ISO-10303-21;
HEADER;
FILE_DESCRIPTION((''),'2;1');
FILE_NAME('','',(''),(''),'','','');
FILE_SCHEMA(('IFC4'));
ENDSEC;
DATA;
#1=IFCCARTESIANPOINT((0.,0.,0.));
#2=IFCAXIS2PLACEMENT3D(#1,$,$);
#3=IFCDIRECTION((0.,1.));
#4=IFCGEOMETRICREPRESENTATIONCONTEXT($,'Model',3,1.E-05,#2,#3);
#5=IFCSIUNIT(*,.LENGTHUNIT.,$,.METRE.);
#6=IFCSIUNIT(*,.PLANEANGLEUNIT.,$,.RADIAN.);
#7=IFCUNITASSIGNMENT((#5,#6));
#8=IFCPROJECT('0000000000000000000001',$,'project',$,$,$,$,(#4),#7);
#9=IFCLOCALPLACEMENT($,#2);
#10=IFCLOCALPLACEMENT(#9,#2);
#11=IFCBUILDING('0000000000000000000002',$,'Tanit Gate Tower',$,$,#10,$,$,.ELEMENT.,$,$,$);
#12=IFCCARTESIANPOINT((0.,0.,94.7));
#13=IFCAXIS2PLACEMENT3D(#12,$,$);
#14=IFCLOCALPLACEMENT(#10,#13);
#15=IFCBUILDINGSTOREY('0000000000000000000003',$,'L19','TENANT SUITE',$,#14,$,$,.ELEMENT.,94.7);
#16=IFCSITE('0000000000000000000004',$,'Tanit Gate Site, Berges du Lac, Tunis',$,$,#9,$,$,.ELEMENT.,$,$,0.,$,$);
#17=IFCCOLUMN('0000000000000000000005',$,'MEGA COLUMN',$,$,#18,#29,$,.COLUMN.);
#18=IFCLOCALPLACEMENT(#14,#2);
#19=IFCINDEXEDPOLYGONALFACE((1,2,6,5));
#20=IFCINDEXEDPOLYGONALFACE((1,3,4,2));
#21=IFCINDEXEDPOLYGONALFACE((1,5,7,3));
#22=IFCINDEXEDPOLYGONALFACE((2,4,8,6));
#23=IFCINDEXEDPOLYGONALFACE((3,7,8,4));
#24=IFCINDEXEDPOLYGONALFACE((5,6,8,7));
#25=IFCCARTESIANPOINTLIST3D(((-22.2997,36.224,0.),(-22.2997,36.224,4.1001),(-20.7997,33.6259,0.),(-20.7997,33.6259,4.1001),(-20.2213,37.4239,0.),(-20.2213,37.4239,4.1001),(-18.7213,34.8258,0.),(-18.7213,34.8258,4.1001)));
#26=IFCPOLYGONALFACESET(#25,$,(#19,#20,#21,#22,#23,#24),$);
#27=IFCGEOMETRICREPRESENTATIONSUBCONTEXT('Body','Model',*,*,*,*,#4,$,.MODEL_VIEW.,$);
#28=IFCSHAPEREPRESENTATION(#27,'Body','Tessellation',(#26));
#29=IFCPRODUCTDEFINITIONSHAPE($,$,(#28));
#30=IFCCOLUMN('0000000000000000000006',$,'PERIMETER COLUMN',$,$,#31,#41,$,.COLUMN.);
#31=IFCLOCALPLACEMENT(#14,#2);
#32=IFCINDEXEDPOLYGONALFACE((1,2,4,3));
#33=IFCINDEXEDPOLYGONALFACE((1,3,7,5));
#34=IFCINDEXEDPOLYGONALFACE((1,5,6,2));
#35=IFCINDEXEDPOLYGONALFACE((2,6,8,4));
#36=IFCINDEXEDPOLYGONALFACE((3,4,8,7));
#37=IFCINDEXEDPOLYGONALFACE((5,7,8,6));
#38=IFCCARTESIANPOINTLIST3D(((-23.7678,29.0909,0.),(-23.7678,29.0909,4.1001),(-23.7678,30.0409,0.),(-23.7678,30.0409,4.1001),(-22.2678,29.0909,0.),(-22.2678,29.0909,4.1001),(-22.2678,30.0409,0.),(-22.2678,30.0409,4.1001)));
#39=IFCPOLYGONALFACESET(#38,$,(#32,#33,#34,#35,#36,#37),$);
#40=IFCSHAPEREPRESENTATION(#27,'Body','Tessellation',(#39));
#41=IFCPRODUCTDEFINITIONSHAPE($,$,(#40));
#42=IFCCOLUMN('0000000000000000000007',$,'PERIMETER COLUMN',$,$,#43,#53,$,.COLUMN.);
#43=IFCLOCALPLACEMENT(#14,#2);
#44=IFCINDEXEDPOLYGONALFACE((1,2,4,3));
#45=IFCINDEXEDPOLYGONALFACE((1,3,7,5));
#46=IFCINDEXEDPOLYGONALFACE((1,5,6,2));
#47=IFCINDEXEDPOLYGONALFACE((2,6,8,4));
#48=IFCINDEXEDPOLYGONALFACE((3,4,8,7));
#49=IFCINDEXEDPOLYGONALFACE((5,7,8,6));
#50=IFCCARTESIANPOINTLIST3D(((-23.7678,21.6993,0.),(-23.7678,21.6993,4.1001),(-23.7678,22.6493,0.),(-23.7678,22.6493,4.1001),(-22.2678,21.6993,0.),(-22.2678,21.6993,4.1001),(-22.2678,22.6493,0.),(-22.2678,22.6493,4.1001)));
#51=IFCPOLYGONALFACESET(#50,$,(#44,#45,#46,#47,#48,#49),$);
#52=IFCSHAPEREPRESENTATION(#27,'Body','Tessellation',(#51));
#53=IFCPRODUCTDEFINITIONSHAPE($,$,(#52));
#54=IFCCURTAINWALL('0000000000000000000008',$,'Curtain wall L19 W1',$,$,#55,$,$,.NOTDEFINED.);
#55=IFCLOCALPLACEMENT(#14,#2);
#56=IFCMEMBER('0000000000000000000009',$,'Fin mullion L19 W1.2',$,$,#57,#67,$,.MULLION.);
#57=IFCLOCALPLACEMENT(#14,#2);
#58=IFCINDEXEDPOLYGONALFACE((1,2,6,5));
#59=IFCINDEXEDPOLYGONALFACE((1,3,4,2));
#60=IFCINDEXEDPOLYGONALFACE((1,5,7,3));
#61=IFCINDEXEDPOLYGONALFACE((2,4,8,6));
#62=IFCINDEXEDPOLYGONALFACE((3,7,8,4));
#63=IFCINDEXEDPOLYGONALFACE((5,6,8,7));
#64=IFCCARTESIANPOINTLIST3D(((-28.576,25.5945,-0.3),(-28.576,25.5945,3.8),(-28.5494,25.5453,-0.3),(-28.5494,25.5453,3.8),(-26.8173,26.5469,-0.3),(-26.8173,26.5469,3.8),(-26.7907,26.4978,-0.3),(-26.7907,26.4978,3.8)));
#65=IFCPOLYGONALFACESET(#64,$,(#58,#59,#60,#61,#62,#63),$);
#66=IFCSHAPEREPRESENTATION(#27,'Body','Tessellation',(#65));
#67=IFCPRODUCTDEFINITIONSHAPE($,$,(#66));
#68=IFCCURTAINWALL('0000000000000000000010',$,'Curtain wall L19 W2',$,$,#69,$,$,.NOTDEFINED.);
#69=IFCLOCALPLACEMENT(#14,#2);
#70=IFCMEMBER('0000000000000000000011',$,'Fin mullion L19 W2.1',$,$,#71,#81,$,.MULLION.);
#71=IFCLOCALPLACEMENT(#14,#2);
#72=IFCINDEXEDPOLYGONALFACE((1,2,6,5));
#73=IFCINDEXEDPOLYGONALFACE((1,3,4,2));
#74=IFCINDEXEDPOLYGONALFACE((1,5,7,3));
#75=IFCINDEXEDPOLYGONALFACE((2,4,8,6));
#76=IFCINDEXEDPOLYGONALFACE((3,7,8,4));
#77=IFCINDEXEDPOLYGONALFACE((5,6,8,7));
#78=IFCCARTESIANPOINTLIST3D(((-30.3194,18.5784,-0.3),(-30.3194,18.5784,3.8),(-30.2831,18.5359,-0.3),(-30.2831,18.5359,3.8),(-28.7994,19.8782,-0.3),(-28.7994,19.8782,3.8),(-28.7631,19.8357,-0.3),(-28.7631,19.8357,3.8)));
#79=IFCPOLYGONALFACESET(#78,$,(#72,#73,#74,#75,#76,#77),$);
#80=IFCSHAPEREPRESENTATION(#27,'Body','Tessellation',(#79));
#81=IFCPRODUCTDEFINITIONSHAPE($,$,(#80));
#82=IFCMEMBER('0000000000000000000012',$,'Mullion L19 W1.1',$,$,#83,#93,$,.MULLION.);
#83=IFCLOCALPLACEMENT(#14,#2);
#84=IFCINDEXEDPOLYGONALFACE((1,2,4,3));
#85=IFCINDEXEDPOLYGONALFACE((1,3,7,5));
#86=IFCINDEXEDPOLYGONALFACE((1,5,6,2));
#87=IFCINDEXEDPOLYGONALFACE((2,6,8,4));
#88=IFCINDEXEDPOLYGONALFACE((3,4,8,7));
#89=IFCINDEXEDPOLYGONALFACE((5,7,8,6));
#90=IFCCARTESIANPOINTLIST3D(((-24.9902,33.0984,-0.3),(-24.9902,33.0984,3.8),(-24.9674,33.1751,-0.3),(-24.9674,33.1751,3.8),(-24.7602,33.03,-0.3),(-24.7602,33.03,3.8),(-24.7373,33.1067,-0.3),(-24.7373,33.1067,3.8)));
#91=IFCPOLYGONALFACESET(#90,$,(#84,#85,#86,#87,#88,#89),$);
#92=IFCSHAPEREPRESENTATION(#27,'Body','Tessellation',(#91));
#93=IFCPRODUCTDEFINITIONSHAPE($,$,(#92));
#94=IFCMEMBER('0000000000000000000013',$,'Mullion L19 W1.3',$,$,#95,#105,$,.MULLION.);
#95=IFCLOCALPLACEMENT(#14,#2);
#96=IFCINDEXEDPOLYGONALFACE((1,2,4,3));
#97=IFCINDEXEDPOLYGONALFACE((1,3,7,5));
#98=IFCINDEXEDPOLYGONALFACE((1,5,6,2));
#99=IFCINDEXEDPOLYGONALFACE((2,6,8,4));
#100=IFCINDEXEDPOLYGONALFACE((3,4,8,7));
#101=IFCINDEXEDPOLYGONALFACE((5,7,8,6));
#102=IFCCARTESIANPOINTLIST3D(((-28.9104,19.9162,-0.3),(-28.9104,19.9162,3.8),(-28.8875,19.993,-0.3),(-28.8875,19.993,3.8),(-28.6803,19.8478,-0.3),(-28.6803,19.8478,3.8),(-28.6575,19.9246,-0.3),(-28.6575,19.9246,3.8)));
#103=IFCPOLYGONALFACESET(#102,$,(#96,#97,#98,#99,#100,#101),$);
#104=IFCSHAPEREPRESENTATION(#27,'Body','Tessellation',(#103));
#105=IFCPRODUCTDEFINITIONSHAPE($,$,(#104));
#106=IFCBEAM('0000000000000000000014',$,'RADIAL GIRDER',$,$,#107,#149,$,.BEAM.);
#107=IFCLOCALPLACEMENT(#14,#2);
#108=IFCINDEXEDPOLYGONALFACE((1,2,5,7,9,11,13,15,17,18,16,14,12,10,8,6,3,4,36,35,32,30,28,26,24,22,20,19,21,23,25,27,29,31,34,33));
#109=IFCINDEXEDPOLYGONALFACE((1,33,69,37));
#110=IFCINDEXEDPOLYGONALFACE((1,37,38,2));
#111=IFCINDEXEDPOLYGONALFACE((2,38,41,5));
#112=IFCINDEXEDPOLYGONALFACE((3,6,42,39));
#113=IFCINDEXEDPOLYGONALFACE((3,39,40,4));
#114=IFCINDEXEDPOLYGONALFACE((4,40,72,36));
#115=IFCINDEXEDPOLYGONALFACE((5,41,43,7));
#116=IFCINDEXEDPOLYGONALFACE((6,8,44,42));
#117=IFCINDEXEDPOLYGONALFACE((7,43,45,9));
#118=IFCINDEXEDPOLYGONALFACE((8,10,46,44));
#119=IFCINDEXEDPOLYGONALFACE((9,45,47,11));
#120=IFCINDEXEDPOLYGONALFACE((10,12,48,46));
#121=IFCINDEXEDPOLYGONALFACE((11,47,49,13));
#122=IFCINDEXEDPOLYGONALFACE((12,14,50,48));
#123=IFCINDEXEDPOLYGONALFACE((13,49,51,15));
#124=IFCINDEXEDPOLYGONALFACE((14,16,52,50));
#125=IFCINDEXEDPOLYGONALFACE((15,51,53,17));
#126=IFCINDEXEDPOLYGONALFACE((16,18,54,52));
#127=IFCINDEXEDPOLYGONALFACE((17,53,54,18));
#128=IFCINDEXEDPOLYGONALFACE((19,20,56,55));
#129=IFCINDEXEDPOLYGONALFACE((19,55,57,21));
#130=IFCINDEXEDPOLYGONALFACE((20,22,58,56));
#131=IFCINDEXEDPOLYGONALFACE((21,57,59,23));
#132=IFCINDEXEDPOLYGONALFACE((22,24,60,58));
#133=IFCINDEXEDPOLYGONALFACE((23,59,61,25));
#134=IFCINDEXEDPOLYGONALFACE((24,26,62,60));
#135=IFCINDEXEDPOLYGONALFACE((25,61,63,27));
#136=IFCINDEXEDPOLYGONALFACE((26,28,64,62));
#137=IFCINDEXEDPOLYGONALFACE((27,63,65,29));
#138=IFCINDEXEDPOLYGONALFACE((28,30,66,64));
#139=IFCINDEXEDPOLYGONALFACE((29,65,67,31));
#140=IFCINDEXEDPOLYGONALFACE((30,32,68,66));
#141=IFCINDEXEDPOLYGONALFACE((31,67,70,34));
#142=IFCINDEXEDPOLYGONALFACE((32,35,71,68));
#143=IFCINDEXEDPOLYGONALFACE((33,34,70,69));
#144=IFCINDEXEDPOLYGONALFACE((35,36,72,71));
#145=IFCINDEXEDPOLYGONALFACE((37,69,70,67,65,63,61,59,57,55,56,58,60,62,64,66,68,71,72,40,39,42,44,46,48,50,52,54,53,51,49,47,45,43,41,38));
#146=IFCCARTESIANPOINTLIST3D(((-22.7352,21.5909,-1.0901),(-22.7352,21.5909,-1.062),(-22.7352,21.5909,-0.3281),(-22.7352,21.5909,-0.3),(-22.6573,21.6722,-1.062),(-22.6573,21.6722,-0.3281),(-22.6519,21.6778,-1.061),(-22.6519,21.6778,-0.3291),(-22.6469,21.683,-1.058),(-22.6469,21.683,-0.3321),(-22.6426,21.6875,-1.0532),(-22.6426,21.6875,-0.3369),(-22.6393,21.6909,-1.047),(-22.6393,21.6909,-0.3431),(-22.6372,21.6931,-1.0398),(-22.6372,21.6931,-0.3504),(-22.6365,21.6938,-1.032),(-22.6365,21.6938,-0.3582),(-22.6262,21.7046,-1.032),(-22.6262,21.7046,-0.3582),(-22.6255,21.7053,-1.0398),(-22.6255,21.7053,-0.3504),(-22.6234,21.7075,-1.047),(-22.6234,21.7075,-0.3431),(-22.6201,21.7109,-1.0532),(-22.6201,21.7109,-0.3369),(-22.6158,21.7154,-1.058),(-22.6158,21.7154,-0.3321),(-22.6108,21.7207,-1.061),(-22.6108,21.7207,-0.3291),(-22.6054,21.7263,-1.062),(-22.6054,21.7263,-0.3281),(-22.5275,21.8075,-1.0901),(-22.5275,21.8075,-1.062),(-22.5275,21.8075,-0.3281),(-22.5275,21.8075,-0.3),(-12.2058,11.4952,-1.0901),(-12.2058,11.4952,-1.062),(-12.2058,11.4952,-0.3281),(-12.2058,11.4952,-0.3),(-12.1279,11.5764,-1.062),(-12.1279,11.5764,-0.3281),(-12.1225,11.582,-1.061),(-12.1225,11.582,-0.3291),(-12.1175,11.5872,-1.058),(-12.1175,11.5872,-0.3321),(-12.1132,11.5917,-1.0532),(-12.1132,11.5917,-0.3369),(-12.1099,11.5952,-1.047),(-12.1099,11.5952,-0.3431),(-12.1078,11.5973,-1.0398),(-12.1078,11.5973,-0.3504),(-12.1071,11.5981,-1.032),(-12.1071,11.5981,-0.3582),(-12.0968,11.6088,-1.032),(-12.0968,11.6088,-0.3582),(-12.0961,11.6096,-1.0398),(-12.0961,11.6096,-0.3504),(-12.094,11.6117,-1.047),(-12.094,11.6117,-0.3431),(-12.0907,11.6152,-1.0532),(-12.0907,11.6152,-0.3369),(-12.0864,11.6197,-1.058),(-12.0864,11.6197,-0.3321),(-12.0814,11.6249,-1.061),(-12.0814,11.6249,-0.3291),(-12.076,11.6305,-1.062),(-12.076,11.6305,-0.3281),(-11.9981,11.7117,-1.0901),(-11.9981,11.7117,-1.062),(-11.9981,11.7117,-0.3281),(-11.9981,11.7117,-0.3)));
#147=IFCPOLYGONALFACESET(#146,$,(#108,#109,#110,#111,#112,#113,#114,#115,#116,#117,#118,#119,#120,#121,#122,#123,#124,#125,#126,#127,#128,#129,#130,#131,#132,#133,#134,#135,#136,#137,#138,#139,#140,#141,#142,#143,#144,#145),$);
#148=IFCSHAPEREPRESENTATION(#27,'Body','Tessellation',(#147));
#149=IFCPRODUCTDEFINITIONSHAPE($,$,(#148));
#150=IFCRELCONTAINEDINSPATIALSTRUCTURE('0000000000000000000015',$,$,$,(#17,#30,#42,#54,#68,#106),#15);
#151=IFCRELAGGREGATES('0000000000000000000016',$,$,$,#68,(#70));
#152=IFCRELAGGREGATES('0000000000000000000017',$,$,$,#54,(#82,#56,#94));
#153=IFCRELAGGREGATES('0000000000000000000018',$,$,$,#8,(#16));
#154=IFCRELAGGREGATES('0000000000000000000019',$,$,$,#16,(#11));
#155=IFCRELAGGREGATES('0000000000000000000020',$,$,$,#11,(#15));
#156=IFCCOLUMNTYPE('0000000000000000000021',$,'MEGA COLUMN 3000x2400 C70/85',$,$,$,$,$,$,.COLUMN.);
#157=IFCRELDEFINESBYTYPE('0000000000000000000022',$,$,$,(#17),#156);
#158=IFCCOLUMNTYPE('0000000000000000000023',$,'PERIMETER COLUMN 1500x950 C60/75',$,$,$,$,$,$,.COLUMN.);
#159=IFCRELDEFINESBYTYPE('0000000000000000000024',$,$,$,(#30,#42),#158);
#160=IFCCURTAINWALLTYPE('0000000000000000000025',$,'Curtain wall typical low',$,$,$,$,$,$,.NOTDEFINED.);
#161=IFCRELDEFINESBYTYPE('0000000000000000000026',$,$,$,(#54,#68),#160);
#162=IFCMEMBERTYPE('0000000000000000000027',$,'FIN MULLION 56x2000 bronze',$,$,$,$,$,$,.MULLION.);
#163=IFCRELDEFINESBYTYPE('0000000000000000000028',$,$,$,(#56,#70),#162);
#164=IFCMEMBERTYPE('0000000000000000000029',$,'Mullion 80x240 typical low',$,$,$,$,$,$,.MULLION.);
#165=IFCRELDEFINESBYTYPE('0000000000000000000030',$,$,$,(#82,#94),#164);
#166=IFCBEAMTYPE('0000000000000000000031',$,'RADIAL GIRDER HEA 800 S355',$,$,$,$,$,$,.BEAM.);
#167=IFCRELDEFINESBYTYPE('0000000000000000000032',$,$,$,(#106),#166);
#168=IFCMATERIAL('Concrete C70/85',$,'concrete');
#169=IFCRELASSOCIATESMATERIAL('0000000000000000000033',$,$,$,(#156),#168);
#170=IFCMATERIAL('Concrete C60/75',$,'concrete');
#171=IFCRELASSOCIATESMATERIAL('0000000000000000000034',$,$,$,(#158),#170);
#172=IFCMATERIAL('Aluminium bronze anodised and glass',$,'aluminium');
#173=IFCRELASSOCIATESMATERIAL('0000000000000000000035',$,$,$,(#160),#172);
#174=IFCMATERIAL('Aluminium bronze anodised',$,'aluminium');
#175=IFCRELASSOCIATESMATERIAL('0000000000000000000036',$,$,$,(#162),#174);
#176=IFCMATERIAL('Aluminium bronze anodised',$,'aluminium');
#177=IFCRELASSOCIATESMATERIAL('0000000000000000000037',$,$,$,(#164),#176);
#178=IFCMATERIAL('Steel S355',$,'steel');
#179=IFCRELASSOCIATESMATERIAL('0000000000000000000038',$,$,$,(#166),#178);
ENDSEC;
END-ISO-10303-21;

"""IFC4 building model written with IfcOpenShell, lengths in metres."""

from ifc_helpers import new_model, si_unit, direction, frame, origin, origin_2d, place, context, subcontext, project, spatial, rectangle, i_section, extrude, material, material_profile, profile_set, type_object, element, aggregate, save


model = new_model("IFC4")

# Units and contexts
model_context = context("Model", 3, precision=1e-05, world=origin(), true_north=direction((0.0, 1.0)))
body_context = subcontext(model_context, "Body", "Model", "MODEL_VIEW")
ifc_project = project(units=[si_unit("LENGTHUNIT", "METRE"), si_unit("PLANEANGLEUNIT", "RADIAN")], contexts=[model_context])

# Site, building, storey
site_placement = place(None, origin())
site = spatial("IfcSite", under=ifc_project, at=site_placement, Name="Tanit Gate Site, Berges du Lac, Tunis", CompositionType="ELEMENT", RefElevation=0.0)
building_placement = place(site_placement, origin())
building = spatial("IfcBuilding", under=site, at=building_placement, Name="Tanit Gate Tower", CompositionType="ELEMENT")
storey_placement = place(building_placement, frame((0.0, 0.0, 94.7)))
storey = spatial("IfcBuildingStorey", under=building, at=storey_placement, Name="L19", Description="TENANT SUITE", CompositionType="ELEMENT", Elevation=94.7)

# Columns
ifc_material_1 = material(Name="Concrete C70/85", Category="concrete")
ifc_material_profile_1 = material_profile(ifc_material_1, rectangle(XDim=3.0, YDim=2.3999, at=origin_2d()), Name="RC 3000x2400")
ifc_profile_set_1 = profile_set([ifc_material_profile_1], Name="Concrete C70/85")
column_type_1 = type_object("IfcColumnType", Name="MEGA COLUMN 3000x2400 C70/85", PredefinedType="COLUMN", material=ifc_profile_set_1)
column_placement = place(storey_placement, frame((-20.5105, 35.5249, 0.0), z_axis=(0.0, 0.0, 1.0), x_axis=(-0.5, 0.866025, 0.0)))
element("IfcColumn", 1, at=column_placement, inside=storey, type_object=column_type_1, Name="MEGA COLUMN", PredefinedType="COLUMN", context=body_context, shape_type="SweptSolid", body=[
    extrude(rectangle(XDim=3.0, YDim=2.3999, at=origin_2d()), origin(), (0.0, 0.0, 1.0), 4.1001),
])
ifc_material_2 = material(Name="Concrete C60/75", Category="concrete")
ifc_material_profile_2 = material_profile(ifc_material_2, rectangle(XDim=1.5, YDim=0.95, at=origin_2d()), Name="RC 1500x950")
ifc_profile_set_2 = profile_set([ifc_material_profile_2], Name="Concrete C60/75")
column_type_2 = type_object("IfcColumnType", Name="PERIMETER COLUMN 1500x950 C60/75", PredefinedType="COLUMN", material=ifc_profile_set_2)
for number, where, z_axis, x_axis, name in (
    (2, (-23.0178, 29.5659, 0.0), (0.0, 0.0, 1.0), (-1.0, 0.0, 0.0), "PERIMETER COLUMN"),
    (3, (-23.0178, 22.1743, 0.0), (0.0, 0.0, 1.0), (-1.0, 0.0, 0.0), "PERIMETER COLUMN"),
):
    element("IfcColumn", number, at=place(storey_placement, frame(where, z_axis=z_axis, x_axis=x_axis)), inside=storey, type_object=column_type_2, Name=name, PredefinedType="COLUMN", context=body_context, shape_type="SweptSolid", body=[
        extrude(rectangle(XDim=1.5, YDim=0.95, at=origin_2d()), origin(), (0.0, 0.0, 1.0), 4.1001),
    ])

# Curtain walls, members
ifc_material_3 = material(Name="Aluminium bronze anodised and glass", Category="aluminium")
curtain_wall_type = type_object("IfcCurtainWallType", Name="Curtain wall typical low", PredefinedType="NOTDEFINED", material=ifc_material_3)
curtain_wall_1_placement = place(storey_placement, origin())
curtain_wall_1 = element("IfcCurtainWall", 4, at=curtain_wall_1_placement, inside=storey, type_object=curtain_wall_type, Name="Curtain wall L19 W1", PredefinedType="NOTDEFINED")
ifc_material_4 = material(Name="Aluminium bronze anodised", Category="aluminium")
ifc_material_profile_3 = material_profile(ifc_material_4, rectangle(XDim=2.0, YDim=0.0559, at=origin_2d()), Name="56x2000 bronze fin mullion")
ifc_profile_set_3 = profile_set([ifc_material_profile_3], Name="Aluminium bronze anodised")
member_type_1 = type_object("IfcMemberType", Name="FIN MULLION 56x2000 bronze", PredefinedType="MULLION", material=ifc_profile_set_3)
member_1_placement = place(storey_placement, frame((-27.6833, 26.0461, -0.3), z_axis=(0.0, 0.0, 1.0), x_axis=(0.879325, 0.476222, 0.0)))
member_1 = element("IfcMember", 5, at=member_1_placement, type_object=member_type_1, Name="Fin mullion L19 W1.2", PredefinedType="MULLION", context=body_context, shape_type="SweptSolid", body=[
    extrude(rectangle(XDim=2.0, YDim=0.0559, at=origin_2d()), origin(), (0.0, 0.0, 1.0), 4.1001),
])
curtain_wall_2_placement = place(storey_placement, origin())
curtain_wall_2 = element("IfcCurtainWall", 6, at=curtain_wall_2_placement, inside=storey, type_object=curtain_wall_type, Name="Curtain wall L19 W2", PredefinedType="NOTDEFINED")
member_2_placement = place(storey_placement, frame((-29.5413, 19.207, -0.3), z_axis=(0.0, 0.0, 1.0), x_axis=(0.760002, 0.649921, 0.0)))
member_2 = element("IfcMember", 7, at=member_2_placement, type_object=member_type_1, Name="Fin mullion L19 W2.1", PredefinedType="MULLION", context=body_context, shape_type="SweptSolid", body=[
    extrude(rectangle(XDim=2.0, YDim=0.0559, at=origin_2d()), origin(), (0.0, 0.0, 1.0), 4.1001),
])

# Members
ifc_material_5 = material(Name="Aluminium bronze anodised", Category="aluminium")
ifc_material_profile_4 = material_profile(ifc_material_5, rectangle(XDim=0.24, YDim=0.0801, at=origin_2d()), Name="80x240 bronze mullion")
ifc_profile_set_4 = profile_set([ifc_material_profile_4], Name="Aluminium bronze anodised")
member_type_2 = type_object("IfcMemberType", Name="Mullion 80x240 typical low", PredefinedType="MULLION", material=ifc_profile_set_4)
member_3_placement = place(storey_placement, frame((-24.8638, 33.1025, -0.3), z_axis=(0.0, 0.0, 1.0), x_axis=(0.958517, -0.285037, 0.0)))
member_3 = element("IfcMember", 8, at=member_3_placement, type_object=member_type_2, Name="Mullion L19 W1.1", PredefinedType="MULLION", context=body_context, shape_type="SweptSolid", body=[
    extrude(rectangle(XDim=0.24, YDim=0.0801, at=origin_2d()), origin(), (0.0, 0.0, 1.0), 4.1001),
])
member_4_placement = place(storey_placement, frame((-28.7839, 19.9204, -0.3), z_axis=(0.0, 0.0, 1.0), x_axis=(0.958517, -0.285037, 0.0)))
member_4 = element("IfcMember", 9, at=member_4_placement, type_object=member_type_2, Name="Mullion L19 W1.3", PredefinedType="MULLION", context=body_context, shape_type="SweptSolid", body=[
    extrude(rectangle(XDim=0.24, YDim=0.0801, at=origin_2d()), origin(), (0.0, 0.0, 1.0), 4.1001),
])

# Beam
ifc_material_6 = material(Name="Steel S355", Category="steel")
ifc_material_profile_5 = material_profile(ifc_material_6, i_section(OverallWidth=0.3, OverallDepth=0.79, WebThickness=0.0149, FlangeThickness=0.0281, FilletRadius=0.03, at=origin_2d()), Name="HEA 800")
ifc_profile_set_5 = profile_set([ifc_material_profile_5], Name="Steel S355")
beam_type_1 = type_object("IfcBeamType", Name="RADIAL GIRDER HEA 800 S355", PredefinedType="BEAM", material=ifc_profile_set_5)
beam_1_placement = place(storey_placement, frame((-22.6313, 21.6992, -0.6951), z_axis=(0.721813, -0.692089, 0.0), x_axis=(0.692089, 0.721813, 0.0)))
element("IfcBeam", 10, at=beam_1_placement, inside=storey, type_object=beam_type_1, Name="RADIAL GIRDER", PredefinedType="BEAM", context=body_context, shape_type="SweptSolid", body=[
    extrude(i_section(OverallWidth=0.3, OverallDepth=0.79, WebThickness=0.0149, FlangeThickness=0.0281, FilletRadius=0.03, at=origin_2d()), origin(), (0.0, 0.0, 1.0), 14.5874),
])

aggregate(curtain_wall_2, [member_2])

aggregate(curtain_wall_1, [member_3, member_1, member_4])

save(model, "model.ifc")
